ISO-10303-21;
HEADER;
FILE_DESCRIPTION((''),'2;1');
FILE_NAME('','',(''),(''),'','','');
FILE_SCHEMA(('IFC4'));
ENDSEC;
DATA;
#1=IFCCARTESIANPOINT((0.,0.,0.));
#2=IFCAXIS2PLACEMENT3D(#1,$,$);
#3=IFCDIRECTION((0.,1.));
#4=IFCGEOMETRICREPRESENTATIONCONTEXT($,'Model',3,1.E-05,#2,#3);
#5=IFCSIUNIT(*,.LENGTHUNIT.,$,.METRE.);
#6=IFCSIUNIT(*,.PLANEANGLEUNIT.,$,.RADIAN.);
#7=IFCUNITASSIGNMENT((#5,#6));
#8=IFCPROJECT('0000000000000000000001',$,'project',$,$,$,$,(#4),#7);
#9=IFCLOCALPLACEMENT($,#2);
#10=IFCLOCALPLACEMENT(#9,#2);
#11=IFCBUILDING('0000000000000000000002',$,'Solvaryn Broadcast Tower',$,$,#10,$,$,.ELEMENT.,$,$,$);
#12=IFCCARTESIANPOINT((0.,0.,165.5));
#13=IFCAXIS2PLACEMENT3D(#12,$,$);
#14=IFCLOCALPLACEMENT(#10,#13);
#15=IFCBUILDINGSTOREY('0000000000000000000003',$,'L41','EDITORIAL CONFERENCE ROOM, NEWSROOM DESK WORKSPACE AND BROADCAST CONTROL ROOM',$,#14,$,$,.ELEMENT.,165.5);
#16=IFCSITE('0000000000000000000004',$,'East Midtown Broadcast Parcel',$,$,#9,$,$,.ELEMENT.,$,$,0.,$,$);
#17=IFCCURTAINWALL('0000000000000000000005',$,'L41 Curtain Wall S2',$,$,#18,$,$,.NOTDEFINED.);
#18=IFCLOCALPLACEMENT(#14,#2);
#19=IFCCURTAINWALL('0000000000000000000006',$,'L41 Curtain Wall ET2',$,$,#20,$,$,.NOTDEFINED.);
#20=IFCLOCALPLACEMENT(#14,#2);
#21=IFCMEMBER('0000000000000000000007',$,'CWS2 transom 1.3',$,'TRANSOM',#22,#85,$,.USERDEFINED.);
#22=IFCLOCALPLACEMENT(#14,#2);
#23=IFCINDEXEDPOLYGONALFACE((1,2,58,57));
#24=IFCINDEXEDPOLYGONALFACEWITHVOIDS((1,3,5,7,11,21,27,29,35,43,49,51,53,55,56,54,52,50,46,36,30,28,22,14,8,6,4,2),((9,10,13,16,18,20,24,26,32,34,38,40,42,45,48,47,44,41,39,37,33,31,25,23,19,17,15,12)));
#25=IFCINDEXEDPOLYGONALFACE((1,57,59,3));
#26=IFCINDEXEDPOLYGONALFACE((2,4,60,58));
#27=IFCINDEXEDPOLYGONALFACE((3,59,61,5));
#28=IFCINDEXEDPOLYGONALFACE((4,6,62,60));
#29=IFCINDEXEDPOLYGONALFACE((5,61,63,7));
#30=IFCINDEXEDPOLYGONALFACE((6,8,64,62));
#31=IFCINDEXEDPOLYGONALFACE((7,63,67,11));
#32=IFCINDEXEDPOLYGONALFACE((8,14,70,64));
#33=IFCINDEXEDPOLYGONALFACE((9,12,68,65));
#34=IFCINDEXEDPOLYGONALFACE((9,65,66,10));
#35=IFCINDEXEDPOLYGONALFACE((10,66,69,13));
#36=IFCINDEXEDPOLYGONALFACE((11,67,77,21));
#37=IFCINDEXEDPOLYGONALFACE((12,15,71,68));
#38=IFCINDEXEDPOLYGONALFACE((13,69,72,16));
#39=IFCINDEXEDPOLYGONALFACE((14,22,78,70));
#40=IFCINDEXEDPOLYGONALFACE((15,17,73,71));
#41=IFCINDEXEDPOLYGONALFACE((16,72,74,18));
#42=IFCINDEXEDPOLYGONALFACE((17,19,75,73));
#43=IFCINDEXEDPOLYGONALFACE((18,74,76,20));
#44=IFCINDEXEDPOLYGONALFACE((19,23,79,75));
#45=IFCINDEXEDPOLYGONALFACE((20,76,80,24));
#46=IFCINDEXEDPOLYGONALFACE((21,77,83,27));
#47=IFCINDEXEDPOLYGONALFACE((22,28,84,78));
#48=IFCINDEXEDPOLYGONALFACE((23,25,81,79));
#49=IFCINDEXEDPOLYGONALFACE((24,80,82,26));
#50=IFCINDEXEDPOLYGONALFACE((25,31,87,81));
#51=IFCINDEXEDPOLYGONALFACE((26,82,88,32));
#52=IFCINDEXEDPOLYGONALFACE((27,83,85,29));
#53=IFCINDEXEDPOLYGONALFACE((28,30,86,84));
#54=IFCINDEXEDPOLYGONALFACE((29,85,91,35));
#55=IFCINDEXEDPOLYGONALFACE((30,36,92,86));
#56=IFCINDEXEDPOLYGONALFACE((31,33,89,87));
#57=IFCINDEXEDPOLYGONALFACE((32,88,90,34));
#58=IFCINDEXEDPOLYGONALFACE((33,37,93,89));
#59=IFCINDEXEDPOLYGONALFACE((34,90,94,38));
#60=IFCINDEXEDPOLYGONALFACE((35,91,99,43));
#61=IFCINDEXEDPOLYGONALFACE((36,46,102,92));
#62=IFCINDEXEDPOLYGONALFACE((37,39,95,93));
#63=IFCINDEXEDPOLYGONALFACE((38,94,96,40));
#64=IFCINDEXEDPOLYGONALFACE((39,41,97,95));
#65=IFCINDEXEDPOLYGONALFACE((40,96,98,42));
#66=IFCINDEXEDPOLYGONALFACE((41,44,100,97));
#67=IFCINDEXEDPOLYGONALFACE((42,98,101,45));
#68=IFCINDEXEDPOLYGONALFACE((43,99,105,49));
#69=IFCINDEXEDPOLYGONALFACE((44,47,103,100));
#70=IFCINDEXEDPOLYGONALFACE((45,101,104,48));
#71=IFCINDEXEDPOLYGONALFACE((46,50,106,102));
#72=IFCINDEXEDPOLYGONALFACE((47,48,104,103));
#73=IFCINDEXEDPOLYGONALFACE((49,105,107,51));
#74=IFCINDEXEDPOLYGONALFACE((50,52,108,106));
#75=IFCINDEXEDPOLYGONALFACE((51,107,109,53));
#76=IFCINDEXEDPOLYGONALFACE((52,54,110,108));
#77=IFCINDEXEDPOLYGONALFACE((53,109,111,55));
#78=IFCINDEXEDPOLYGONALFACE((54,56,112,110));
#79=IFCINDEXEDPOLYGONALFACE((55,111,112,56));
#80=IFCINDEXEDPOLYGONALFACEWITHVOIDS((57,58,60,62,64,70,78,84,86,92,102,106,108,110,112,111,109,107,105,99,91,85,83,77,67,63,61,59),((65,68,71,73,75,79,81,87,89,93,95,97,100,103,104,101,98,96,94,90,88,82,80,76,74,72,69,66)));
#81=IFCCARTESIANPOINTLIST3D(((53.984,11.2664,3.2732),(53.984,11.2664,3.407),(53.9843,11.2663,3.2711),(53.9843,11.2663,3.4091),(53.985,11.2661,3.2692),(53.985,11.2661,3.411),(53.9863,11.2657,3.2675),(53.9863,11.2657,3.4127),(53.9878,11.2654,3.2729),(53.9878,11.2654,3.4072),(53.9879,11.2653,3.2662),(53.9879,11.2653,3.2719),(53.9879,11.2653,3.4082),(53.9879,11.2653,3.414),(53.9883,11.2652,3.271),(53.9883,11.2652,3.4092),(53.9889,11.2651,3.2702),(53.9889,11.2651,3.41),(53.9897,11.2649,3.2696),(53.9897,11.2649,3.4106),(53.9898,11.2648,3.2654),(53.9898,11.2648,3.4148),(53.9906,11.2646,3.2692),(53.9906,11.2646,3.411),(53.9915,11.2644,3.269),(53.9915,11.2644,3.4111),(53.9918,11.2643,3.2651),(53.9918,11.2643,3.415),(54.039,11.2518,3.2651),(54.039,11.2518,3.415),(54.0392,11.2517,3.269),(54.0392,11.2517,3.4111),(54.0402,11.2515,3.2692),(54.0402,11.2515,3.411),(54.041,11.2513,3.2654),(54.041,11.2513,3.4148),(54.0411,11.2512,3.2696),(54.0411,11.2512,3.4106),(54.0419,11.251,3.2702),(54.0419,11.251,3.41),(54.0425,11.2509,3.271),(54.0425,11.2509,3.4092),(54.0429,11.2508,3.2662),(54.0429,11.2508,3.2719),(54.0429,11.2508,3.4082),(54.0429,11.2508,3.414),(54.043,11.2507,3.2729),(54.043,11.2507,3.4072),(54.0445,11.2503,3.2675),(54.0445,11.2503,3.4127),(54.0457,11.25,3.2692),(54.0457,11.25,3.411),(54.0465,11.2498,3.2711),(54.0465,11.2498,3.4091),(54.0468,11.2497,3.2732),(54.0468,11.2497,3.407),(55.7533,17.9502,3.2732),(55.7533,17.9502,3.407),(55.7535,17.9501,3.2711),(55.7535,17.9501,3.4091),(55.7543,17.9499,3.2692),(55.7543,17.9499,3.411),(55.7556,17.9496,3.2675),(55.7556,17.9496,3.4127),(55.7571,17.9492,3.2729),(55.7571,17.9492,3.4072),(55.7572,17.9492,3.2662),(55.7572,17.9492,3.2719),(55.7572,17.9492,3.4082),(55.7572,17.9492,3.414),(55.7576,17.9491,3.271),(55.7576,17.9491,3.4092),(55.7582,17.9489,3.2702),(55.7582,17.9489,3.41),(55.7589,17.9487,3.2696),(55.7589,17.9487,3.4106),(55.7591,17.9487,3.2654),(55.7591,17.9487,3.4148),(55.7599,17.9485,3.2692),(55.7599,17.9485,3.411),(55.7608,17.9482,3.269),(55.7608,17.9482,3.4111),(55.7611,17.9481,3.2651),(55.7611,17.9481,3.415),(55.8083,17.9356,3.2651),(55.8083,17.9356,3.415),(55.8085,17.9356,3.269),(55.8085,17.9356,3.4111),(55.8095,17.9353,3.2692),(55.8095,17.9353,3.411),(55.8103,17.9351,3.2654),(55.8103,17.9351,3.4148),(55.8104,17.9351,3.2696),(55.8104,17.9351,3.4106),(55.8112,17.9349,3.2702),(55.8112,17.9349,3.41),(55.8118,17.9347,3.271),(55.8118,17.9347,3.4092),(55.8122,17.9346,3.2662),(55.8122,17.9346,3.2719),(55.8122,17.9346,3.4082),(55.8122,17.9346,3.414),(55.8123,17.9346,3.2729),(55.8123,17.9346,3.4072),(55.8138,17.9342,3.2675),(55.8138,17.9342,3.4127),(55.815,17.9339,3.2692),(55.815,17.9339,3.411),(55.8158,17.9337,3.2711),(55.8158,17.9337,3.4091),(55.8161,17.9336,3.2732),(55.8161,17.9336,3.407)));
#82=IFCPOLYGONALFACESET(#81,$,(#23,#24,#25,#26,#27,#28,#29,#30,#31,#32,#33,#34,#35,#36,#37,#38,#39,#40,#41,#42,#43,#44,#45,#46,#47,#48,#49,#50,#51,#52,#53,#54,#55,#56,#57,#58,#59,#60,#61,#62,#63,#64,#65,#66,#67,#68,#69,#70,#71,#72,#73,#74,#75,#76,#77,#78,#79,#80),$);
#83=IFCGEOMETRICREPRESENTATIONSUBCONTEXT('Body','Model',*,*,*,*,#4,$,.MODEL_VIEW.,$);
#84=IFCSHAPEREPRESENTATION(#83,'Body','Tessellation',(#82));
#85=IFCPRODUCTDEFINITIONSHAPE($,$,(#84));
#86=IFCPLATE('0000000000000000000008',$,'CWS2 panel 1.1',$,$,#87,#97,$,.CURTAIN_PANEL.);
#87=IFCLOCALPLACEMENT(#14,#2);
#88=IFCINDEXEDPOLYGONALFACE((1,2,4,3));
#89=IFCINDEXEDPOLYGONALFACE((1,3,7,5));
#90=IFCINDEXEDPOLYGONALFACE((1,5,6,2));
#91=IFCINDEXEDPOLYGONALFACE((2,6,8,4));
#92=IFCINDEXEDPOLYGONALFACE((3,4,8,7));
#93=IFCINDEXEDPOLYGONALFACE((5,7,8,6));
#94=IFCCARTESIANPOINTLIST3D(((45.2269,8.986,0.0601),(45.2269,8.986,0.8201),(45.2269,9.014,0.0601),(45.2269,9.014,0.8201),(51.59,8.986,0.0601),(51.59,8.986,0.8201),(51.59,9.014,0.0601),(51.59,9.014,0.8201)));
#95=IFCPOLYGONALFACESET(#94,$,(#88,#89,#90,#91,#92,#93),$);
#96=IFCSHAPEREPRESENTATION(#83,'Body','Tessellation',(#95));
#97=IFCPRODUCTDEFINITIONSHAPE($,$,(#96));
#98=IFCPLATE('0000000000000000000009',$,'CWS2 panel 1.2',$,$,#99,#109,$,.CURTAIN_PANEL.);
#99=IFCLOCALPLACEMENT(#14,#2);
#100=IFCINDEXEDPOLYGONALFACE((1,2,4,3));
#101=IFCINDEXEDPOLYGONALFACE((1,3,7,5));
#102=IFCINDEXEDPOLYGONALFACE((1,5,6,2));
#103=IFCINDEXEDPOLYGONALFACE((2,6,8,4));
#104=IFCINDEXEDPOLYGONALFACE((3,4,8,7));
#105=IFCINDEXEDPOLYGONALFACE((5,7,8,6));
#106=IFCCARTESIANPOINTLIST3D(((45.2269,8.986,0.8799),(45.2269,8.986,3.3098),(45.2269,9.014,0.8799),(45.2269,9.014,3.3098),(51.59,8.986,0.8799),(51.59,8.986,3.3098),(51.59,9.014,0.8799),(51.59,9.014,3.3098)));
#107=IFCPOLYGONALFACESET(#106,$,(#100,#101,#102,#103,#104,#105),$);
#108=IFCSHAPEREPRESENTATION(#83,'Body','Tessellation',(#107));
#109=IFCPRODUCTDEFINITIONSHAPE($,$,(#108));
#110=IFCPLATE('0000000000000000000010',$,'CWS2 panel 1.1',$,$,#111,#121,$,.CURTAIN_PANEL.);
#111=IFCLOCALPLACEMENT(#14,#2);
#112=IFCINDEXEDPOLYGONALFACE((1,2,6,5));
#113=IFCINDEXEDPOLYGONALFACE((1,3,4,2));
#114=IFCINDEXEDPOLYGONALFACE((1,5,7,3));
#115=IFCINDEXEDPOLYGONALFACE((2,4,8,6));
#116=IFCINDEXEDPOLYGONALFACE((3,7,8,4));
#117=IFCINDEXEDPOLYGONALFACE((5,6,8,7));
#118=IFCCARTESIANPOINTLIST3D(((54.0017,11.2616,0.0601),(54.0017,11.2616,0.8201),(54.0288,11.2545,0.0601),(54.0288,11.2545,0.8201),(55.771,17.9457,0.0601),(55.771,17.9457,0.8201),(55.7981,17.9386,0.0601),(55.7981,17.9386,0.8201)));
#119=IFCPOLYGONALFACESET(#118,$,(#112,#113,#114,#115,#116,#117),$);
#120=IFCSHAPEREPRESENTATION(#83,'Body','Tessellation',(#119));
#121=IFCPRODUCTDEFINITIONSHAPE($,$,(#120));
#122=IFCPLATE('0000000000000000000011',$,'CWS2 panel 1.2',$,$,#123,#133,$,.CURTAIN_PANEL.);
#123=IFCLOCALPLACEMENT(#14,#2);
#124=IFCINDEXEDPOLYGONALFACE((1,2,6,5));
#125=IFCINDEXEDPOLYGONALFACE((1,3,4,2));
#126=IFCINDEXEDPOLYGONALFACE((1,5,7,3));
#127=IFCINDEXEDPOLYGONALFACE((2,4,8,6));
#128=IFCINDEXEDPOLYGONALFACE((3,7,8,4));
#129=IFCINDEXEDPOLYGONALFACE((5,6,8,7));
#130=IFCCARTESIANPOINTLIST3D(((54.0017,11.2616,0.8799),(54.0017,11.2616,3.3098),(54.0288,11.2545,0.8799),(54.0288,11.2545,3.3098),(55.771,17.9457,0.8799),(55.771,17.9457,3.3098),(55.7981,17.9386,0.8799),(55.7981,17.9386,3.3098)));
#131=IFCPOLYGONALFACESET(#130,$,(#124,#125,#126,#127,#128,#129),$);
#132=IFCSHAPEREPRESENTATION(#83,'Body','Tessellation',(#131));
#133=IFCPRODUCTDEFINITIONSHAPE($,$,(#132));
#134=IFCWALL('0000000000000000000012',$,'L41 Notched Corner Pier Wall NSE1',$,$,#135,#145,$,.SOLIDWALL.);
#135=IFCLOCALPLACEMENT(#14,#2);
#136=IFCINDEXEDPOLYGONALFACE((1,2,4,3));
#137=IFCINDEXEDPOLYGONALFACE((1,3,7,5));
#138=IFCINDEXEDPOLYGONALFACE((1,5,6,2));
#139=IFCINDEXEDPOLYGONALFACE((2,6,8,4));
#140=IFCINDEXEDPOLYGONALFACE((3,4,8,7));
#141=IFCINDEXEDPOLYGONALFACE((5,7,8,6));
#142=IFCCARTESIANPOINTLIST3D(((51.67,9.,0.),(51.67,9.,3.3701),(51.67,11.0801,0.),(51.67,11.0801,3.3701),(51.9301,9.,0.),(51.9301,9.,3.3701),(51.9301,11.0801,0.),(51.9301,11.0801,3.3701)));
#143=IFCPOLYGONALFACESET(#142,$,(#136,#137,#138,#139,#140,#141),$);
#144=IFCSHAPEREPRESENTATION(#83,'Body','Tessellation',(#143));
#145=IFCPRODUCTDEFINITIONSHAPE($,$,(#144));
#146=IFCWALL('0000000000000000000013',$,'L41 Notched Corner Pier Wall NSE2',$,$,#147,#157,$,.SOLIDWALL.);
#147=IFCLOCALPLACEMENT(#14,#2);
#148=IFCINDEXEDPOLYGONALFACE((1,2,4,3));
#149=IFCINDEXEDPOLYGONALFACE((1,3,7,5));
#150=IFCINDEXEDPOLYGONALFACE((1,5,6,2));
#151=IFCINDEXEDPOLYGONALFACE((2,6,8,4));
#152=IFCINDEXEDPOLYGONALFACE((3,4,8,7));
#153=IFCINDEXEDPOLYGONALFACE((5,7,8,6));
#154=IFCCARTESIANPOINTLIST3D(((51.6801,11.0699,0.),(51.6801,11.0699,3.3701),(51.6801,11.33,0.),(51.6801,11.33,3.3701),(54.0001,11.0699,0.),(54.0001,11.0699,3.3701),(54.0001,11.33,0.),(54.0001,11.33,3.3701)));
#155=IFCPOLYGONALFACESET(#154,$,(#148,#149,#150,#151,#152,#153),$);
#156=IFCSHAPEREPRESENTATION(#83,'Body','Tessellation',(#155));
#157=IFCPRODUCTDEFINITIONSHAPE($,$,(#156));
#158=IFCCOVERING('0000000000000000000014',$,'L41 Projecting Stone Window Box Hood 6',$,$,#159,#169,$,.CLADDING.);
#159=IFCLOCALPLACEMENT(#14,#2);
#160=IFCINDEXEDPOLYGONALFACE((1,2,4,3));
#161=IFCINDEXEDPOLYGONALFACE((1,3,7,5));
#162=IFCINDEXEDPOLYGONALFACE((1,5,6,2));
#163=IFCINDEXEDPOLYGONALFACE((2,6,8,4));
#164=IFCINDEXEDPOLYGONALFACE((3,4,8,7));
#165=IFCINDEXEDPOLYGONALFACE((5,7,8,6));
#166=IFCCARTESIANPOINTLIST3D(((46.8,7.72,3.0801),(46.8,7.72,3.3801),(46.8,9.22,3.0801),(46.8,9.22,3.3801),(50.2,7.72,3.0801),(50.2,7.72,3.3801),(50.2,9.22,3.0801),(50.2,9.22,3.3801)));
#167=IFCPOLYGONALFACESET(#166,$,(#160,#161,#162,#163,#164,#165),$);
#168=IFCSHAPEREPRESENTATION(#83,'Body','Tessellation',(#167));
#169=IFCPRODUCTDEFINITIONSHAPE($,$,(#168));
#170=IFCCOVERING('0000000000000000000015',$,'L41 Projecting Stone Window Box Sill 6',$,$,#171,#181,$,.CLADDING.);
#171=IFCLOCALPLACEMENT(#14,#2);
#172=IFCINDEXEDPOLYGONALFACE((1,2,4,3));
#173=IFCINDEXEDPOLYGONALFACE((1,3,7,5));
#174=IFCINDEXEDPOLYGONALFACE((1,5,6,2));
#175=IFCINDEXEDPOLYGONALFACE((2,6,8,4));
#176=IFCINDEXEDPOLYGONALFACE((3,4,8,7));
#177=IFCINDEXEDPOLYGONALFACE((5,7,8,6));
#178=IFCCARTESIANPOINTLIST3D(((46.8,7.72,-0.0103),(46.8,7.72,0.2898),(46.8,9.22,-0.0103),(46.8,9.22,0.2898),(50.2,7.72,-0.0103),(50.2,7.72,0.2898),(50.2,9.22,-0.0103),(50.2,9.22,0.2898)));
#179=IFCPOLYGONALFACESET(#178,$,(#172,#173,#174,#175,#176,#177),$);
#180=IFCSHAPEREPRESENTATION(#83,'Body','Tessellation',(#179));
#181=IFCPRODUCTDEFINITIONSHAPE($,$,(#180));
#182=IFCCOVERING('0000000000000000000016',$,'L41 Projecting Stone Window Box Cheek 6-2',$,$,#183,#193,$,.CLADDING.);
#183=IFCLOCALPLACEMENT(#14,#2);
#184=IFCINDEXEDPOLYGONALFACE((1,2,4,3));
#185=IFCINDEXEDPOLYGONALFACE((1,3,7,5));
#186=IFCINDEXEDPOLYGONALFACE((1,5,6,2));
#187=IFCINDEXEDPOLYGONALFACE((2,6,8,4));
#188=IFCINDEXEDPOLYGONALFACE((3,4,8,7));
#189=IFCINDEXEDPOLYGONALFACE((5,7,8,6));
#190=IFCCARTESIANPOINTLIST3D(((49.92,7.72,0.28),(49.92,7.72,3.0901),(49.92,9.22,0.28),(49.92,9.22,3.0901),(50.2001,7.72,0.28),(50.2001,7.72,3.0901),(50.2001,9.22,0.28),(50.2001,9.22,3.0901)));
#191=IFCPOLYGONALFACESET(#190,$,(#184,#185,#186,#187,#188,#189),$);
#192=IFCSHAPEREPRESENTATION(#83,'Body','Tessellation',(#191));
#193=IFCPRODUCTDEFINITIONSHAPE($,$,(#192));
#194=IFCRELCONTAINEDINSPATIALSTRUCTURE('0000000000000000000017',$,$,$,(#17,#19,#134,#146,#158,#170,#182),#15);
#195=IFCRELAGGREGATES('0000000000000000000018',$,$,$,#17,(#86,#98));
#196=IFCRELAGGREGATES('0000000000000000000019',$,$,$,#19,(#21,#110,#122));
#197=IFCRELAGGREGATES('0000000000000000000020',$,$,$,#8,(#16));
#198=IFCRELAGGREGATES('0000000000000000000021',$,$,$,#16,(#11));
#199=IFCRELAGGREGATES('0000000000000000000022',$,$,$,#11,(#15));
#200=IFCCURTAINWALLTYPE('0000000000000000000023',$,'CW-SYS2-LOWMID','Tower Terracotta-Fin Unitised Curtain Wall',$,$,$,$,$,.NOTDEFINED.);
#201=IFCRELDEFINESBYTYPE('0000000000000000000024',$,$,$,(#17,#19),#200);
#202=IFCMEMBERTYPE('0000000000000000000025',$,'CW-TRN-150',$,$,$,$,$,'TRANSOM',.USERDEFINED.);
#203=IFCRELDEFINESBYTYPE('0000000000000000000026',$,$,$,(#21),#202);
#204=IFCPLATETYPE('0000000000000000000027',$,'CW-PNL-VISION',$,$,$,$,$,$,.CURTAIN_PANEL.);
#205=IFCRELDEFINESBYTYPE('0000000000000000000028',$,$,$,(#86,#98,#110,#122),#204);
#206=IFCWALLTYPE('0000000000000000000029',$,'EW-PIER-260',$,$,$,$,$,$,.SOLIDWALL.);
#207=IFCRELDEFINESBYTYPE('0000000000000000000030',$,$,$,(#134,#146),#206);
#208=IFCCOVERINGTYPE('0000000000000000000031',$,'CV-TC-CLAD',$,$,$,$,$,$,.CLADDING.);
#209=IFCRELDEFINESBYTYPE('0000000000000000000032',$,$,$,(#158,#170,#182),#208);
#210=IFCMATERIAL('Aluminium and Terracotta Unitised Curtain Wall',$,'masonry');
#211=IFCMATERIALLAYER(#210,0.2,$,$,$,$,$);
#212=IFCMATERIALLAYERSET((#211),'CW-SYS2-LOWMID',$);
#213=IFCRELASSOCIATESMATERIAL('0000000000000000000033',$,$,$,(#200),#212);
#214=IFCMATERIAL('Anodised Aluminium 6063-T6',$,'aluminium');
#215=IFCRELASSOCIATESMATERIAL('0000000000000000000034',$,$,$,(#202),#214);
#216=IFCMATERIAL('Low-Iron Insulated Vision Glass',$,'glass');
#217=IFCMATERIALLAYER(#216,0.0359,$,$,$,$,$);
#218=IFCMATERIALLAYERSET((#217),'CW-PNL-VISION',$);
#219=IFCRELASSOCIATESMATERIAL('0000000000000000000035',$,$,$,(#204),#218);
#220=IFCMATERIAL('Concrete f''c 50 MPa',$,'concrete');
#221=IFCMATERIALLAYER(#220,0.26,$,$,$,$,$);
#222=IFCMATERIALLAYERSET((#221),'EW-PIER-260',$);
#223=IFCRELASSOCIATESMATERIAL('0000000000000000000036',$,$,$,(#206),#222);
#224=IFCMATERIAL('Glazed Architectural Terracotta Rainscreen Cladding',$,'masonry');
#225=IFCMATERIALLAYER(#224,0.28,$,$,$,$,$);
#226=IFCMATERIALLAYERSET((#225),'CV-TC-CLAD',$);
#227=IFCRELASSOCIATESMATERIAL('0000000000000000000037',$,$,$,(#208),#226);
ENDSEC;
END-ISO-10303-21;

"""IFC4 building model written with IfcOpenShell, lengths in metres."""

from ifc_helpers import new_model, si_unit, direction, frame, frame_2d, origin, origin_2d, place, context, subcontext, project, spatial, rectangle, hollow_rectangle, extrude, material, layer, layer_set, material_profile, profile_set, type_object, element, aggregate, save


model = new_model("IFC4")

# Units and contexts
model_context = context("Model", 3, precision=1e-05, world=origin(), true_north=direction((0.0, 1.0)))
body_context = subcontext(model_context, "Body", "Model", "MODEL_VIEW")
ifc_project = project(units=[si_unit("LENGTHUNIT", "METRE"), si_unit("PLANEANGLEUNIT", "RADIAN")], contexts=[model_context])

# Site, building, storey
site_placement = place(None, origin())
site = spatial("IfcSite", under=ifc_project, at=site_placement, Name="East Midtown Broadcast Parcel", CompositionType="ELEMENT", RefElevation=0.0)
building_placement = place(site_placement, origin())
building = spatial("IfcBuilding", under=site, at=building_placement, Name="Solvaryn Broadcast Tower", CompositionType="ELEMENT")
storey_placement = place(building_placement, frame((0.0, 0.0, 165.5)))
storey = spatial("IfcBuildingStorey", under=building, at=storey_placement, Name="L41", Description="EDITORIAL CONFERENCE ROOM, NEWSROOM DESK WORKSPACE AND BROADCAST CONTROL ROOM", CompositionType="ELEMENT", Elevation=165.5)

# Curtain wall
ifc_material_1 = material(Name="Aluminium and Terracotta Unitised Curtain Wall", Category="masonry")
ifc_layer_1 = layer(ifc_material_1, 0.2)
ifc_layer_set_1 = layer_set([ifc_layer_1], Name="CW-SYS2-LOWMID")
curtain_wall_type = type_object("IfcCurtainWallType", Name="CW-SYS2-LOWMID", Description="Tower Terracotta-Fin Unitised Curtain Wall", PredefinedType="NOTDEFINED", material=ifc_layer_set_1)
curtain_wall_1_placement = place(storey_placement, origin())
curtain_wall_1 = element("IfcCurtainWall", 1, at=curtain_wall_1_placement, inside=storey, type_object=curtain_wall_type, Name="L41 Curtain Wall S2", PredefinedType="NOTDEFINED")

# Curtain wall, member
curtain_wall_2_placement = place(storey_placement, origin())
curtain_wall_2 = element("IfcCurtainWall", 2, at=curtain_wall_2_placement, inside=storey, type_object=curtain_wall_type, Name="L41 Curtain Wall ET2", PredefinedType="NOTDEFINED")
ifc_material_2 = material(Name="Anodised Aluminium 6063-T6", Category="aluminium")
ifc_material_profile_1 = material_profile(ifc_material_2, hollow_rectangle(XDim=0.0649, YDim=0.1499, WallThickness=0.0039, InnerFilletRadius=0.0039, OuterFilletRadius=0.0081, at=origin_2d()))
ifc_profile_set_1 = profile_set([ifc_material_profile_1], Name="Anodised Aluminium 6063-T6")
member_type_1 = type_object("IfcMemberType", Name="CW-TRN-150", ElementType="TRANSOM", PredefinedType="USERDEFINED", material=ifc_profile_set_1)
member_1_placement = place(storey_placement, frame((55.7847, 17.9419, 3.3401), z_axis=(-0.255897, -0.966704, 0.0), x_axis=(0.966704, -0.255897, 0.0)))
member_1 = element("IfcMember", 3, at=member_1_placement, type_object=member_type_1, Name="CWS2 transom 1.3", ObjectType="TRANSOM", PredefinedType="USERDEFINED", context=body_context, shape_type="SweptSolid", body=[
    extrude(hollow_rectangle(XDim=0.0649, YDim=0.1499, WallThickness=0.0039, InnerFilletRadius=0.0039, OuterFilletRadius=0.0081, at=origin_2d()), origin(), (0.0, 0.0, 1.0), 6.9141),
])

# Plates
ifc_material_3 = material(Name="Low-Iron Insulated Vision Glass", Category="glass")
ifc_layer_2 = layer(ifc_material_3, 0.0359)
ifc_layer_set_2 = layer_set([ifc_layer_2], Name="CW-PNL-VISION")
plate_type = type_object("IfcPlateType", Name="CW-PNL-VISION", PredefinedType="CURTAIN_PANEL", material=ifc_layer_set_2)
plate_1_placement = place(storey_placement, frame((48.4084, 9.0, 0.0601), z_axis=(0.0, 0.0, 1.0), x_axis=(1.0, 0.0, 0.0)))
plate_1 = element("IfcPlate", 4, at=plate_1_placement, type_object=plate_type, Name="CWS2 panel 1.1", PredefinedType="CURTAIN_PANEL", context=body_context, shape_type="SweptSolid", body=[
    extrude(rectangle(XDim=6.363, YDim=0.0281, at=origin_2d()), origin(), (0.0, 0.0, 1.0), 0.76),
])
plate_2_placement = place(storey_placement, frame((48.4084, 9.0, 0.8799), z_axis=(0.0, 0.0, 1.0), x_axis=(1.0, 0.0, 0.0)))
plate_2 = element("IfcPlate", 5, at=plate_2_placement, type_object=plate_type, Name="CWS2 panel 1.2", PredefinedType="CURTAIN_PANEL", context=body_context, shape_type="SweptSolid", body=[
    extrude(rectangle(XDim=6.363, YDim=0.0281, at=origin_2d()), origin(), (0.0, 0.0, 1.0), 2.4299),
])
aggregate(curtain_wall_1, [plate_1, plate_2])
plate_3_placement = place(storey_placement, frame((54.8999, 14.6001, 0.0601), z_axis=(0.0, 0.0, 1.0), x_axis=(-0.255893, -0.966705, 0.0)))
plate_3 = element("IfcPlate", 6, at=plate_3_placement, type_object=plate_type, Name="CWS2 panel 1.1", PredefinedType="CURTAIN_PANEL", context=body_context, shape_type="SweptSolid", body=[
    extrude(rectangle(XDim=6.9143, YDim=0.0281, at=origin_2d()), origin(), (0.0, 0.0, 1.0), 0.76),
])
plate_4_placement = place(storey_placement, frame((54.8999, 14.6001, 0.8799), z_axis=(0.0, 0.0, 1.0), x_axis=(-0.255893, -0.966705, 0.0)))
plate_4 = element("IfcPlate", 7, at=plate_4_placement, type_object=plate_type, Name="CWS2 panel 1.2", PredefinedType="CURTAIN_PANEL", context=body_context, shape_type="SweptSolid", body=[
    extrude(rectangle(XDim=6.9143, YDim=0.0281, at=origin_2d()), origin(), (0.0, 0.0, 1.0), 2.4299),
])
aggregate(curtain_wall_2, [member_1, plate_3, plate_4])

# Walls
ifc_material_4 = material(Name="Concrete f'c 50 MPa", Category="concrete")
ifc_layer_3 = layer(ifc_material_4, 0.26)
ifc_layer_set_3 = layer_set([ifc_layer_3], Name="EW-PIER-260")
wall_type = type_object("IfcWallType", Name="EW-PIER-260", PredefinedType="SOLIDWALL", material=ifc_layer_set_3)
wall_1_placement = place(storey_placement, frame((51.8, 9.0, 0.0), z_axis=(0.0, 0.0, 1.0), x_axis=(0.0, 1.0, 0.0)))
element("IfcWall", 8, at=wall_1_placement, inside=storey, type_object=wall_type, Name="L41 Notched Corner Pier Wall NSE1", PredefinedType="SOLIDWALL", context=body_context, shape_type="SweptSolid", body=[
    extrude(rectangle(XDim=2.0801, YDim=0.26, at=frame_2d((1.04, 0.0))), origin(), (0.0, 0.0, 1.0), 3.3701),
])
wall_2_placement = place(storey_placement, frame((51.6799, 11.2, 0.0), z_axis=(0.0, 0.0, 1.0), x_axis=(1.0, 0.0, 0.0)))
element("IfcWall", 9, at=wall_2_placement, inside=storey, type_object=wall_type, Name="L41 Notched Corner Pier Wall NSE2", PredefinedType="SOLIDWALL", context=body_context, shape_type="SweptSolid", body=[
    extrude(rectangle(XDim=2.3201, YDim=0.26, at=frame_2d((1.1602, 0.0))), origin(), (0.0, 0.0, 1.0), 3.3701),
])

# Coverings
ifc_material_5 = material(Name="Glazed Architectural Terracotta Rainscreen Cladding", Category="masonry")
ifc_layer_4 = layer(ifc_material_5, 0.28)
ifc_layer_set_4 = layer_set([ifc_layer_4], Name="CV-TC-CLAD")
covering_type_1 = type_object("IfcCoveringType", Name="CV-TC-CLAD", PredefinedType="CLADDING", material=ifc_layer_set_4)
for number, where, z_axis, x_axis, name in (
    (10, (48.5, 8.47, 3.0801), (0.0, 0.0, 1.0), (1.0, 0.0, 0.0), "L41 Projecting Stone Window Box Hood 6"),
    (11, (48.5, 8.47, -0.0103), (0.0, 0.0, 1.0), (1.0, 0.0, 0.0), "L41 Projecting Stone Window Box Sill 6"),
):
    element("IfcCovering", number, at=place(storey_placement, frame(where, z_axis=z_axis, x_axis=x_axis)), inside=storey, type_object=covering_type_1, Name=name, PredefinedType="CLADDING", context=body_context, shape_type="SweptSolid", body=[
        extrude(rectangle(XDim=3.3999, YDim=1.5, at=origin_2d()), origin(), (0.0, 0.0, 1.0), 0.3),
    ])
covering_1_placement = place(storey_placement, frame((50.0601, 8.47, 0.28), z_axis=(0.0, 0.0, 1.0), x_axis=(1.0, 0.0, 0.0)))
element("IfcCovering", 12, at=covering_1_placement, inside=storey, type_object=covering_type_1, Name="L41 Projecting Stone Window Box Cheek 6-2", PredefinedType="CLADDING", context=body_context, shape_type="SweptSolid", body=[
    extrude(rectangle(XDim=0.28, YDim=1.5, at=origin_2d()), origin(), (0.0, 0.0, 1.0), 2.8101),
])

save(model, "model.ifc")
